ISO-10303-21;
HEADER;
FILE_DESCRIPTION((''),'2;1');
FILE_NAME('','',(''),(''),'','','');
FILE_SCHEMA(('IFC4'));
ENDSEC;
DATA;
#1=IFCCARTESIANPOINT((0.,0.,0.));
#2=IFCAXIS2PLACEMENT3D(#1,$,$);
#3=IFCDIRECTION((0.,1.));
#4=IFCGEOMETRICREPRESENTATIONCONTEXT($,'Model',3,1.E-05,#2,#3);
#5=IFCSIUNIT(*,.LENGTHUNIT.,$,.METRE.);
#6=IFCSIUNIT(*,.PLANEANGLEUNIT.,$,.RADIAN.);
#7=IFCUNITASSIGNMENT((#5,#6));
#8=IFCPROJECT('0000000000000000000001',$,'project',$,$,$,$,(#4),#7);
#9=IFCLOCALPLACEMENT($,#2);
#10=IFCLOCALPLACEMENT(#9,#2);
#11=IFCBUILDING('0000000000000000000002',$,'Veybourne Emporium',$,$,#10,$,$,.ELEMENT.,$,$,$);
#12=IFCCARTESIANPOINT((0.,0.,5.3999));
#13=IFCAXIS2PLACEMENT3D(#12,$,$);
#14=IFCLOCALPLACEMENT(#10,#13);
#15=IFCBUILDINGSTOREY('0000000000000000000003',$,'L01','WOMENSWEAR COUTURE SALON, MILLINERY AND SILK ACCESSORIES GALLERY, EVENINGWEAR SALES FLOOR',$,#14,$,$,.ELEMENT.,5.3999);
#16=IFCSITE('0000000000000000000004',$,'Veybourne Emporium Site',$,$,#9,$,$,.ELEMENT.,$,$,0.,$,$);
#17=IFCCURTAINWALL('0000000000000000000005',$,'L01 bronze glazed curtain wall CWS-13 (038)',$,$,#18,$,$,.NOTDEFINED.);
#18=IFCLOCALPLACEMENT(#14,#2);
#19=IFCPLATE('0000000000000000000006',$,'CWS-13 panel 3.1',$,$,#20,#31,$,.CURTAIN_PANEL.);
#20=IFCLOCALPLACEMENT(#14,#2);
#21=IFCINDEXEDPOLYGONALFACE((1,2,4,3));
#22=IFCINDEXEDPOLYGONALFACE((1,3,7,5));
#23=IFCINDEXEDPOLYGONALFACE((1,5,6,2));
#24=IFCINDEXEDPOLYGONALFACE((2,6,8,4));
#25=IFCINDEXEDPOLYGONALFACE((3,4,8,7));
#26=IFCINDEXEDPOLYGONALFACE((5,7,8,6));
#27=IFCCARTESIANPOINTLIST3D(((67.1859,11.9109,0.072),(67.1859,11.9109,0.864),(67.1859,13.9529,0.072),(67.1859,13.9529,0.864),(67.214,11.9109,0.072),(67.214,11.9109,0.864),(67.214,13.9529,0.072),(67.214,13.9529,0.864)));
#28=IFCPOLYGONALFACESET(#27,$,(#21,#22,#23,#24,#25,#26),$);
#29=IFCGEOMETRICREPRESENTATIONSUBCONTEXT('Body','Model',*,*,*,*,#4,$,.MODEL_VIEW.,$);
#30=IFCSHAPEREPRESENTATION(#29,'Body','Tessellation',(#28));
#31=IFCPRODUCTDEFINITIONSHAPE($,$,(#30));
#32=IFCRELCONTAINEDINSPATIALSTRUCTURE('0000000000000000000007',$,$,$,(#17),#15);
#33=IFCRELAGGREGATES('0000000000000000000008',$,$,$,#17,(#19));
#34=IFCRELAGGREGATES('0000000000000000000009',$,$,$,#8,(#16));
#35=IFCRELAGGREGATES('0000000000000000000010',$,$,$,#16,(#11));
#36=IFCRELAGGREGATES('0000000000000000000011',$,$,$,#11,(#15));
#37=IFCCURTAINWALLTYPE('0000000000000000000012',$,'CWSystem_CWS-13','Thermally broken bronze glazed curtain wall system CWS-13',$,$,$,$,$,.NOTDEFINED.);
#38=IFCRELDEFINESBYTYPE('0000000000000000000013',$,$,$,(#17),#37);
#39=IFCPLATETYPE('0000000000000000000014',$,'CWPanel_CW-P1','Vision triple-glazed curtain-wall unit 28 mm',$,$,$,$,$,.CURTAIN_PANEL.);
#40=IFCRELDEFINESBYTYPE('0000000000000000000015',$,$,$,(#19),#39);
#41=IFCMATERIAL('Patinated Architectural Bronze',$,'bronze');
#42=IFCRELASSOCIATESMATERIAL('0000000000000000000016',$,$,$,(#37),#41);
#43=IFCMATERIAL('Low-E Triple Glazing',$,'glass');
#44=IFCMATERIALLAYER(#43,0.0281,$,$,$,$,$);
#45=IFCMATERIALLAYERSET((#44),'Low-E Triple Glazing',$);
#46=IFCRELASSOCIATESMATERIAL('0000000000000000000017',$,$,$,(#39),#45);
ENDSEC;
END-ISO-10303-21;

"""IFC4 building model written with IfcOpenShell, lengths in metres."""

from ifc_helpers import new_model, si_unit, direction, frame, origin, origin_2d, place, context, subcontext, project, spatial, rectangle, extrude, material, layer, layer_set, type_object, element, aggregate, save


model = new_model("IFC4")

# Units and contexts
model_context = context("Model", 3, precision=1e-05, world=origin(), true_north=direction((0.0, 1.0)))
body_context = subcontext(model_context, "Body", "Model", "MODEL_VIEW")
ifc_project = project(units=[si_unit("LENGTHUNIT", "METRE"), si_unit("PLANEANGLEUNIT", "RADIAN")], contexts=[model_context])

# Site, building, storey
site_placement = place(None, origin())
site = spatial("IfcSite", under=ifc_project, at=site_placement, Name="Veybourne Emporium Site", CompositionType="ELEMENT", RefElevation=0.0)
building_placement = place(site_placement, origin())
building = spatial("IfcBuilding", under=site, at=building_placement, Name="Veybourne Emporium", CompositionType="ELEMENT")
storey_placement = place(building_placement, frame((0.0, 0.0, 5.3999)))
storey = spatial("IfcBuildingStorey", under=building, at=storey_placement, Name="L01", Description="WOMENSWEAR COUTURE SALON, MILLINERY AND SILK ACCESSORIES GALLERY, EVENINGWEAR SALES FLOOR", CompositionType="ELEMENT", Elevation=5.3999)

# Curtain wall
ifc_material_1 = material(Name="Patinated Architectural Bronze", Category="bronze")
curtain_wall_type_1 = type_object("IfcCurtainWallType", Name="CWSystem_CWS-13", Description="Thermally broken bronze glazed curtain wall system CWS-13", PredefinedType="NOTDEFINED", material=ifc_material_1)
curtain_wall_1_placement = place(storey_placement, origin())
curtain_wall_1 = element("IfcCurtainWall", 1, at=curtain_wall_1_placement, inside=storey, type_object=curtain_wall_type_1, Name="L01 bronze glazed curtain wall CWS-13 (038)", PredefinedType="NOTDEFINED")

# Plate
ifc_material_2 = material(Name="Low-E Triple Glazing", Category="glass")
ifc_layer = layer(ifc_material_2, 0.0281)
ifc_layer_set = layer_set([ifc_layer], Name="Low-E Triple Glazing")
plate_type = type_object("IfcPlateType", Name="CWPanel_CW-P1", Description="Vision triple-glazed curtain-wall unit 28 mm", PredefinedType="CURTAIN_PANEL", material=ifc_layer_set)
plate_1_placement = place(storey_placement, frame((67.2, 12.9319, 0.072), z_axis=(0.0, 0.0, 1.0), x_axis=(0.0, 1.0, 0.0)))
plate_1 = element("IfcPlate", 2, at=plate_1_placement, type_object=plate_type, Name="CWS-13 panel 3.1", PredefinedType="CURTAIN_PANEL", context=body_context, shape_type="SweptSolid", body=[
    extrude(rectangle(XDim=2.042, YDim=0.0281, at=origin_2d()), origin(), (0.0, 0.0, 1.0), 0.792),
])
aggregate(curtain_wall_1, [plate_1])

save(model, "model.ifc")
